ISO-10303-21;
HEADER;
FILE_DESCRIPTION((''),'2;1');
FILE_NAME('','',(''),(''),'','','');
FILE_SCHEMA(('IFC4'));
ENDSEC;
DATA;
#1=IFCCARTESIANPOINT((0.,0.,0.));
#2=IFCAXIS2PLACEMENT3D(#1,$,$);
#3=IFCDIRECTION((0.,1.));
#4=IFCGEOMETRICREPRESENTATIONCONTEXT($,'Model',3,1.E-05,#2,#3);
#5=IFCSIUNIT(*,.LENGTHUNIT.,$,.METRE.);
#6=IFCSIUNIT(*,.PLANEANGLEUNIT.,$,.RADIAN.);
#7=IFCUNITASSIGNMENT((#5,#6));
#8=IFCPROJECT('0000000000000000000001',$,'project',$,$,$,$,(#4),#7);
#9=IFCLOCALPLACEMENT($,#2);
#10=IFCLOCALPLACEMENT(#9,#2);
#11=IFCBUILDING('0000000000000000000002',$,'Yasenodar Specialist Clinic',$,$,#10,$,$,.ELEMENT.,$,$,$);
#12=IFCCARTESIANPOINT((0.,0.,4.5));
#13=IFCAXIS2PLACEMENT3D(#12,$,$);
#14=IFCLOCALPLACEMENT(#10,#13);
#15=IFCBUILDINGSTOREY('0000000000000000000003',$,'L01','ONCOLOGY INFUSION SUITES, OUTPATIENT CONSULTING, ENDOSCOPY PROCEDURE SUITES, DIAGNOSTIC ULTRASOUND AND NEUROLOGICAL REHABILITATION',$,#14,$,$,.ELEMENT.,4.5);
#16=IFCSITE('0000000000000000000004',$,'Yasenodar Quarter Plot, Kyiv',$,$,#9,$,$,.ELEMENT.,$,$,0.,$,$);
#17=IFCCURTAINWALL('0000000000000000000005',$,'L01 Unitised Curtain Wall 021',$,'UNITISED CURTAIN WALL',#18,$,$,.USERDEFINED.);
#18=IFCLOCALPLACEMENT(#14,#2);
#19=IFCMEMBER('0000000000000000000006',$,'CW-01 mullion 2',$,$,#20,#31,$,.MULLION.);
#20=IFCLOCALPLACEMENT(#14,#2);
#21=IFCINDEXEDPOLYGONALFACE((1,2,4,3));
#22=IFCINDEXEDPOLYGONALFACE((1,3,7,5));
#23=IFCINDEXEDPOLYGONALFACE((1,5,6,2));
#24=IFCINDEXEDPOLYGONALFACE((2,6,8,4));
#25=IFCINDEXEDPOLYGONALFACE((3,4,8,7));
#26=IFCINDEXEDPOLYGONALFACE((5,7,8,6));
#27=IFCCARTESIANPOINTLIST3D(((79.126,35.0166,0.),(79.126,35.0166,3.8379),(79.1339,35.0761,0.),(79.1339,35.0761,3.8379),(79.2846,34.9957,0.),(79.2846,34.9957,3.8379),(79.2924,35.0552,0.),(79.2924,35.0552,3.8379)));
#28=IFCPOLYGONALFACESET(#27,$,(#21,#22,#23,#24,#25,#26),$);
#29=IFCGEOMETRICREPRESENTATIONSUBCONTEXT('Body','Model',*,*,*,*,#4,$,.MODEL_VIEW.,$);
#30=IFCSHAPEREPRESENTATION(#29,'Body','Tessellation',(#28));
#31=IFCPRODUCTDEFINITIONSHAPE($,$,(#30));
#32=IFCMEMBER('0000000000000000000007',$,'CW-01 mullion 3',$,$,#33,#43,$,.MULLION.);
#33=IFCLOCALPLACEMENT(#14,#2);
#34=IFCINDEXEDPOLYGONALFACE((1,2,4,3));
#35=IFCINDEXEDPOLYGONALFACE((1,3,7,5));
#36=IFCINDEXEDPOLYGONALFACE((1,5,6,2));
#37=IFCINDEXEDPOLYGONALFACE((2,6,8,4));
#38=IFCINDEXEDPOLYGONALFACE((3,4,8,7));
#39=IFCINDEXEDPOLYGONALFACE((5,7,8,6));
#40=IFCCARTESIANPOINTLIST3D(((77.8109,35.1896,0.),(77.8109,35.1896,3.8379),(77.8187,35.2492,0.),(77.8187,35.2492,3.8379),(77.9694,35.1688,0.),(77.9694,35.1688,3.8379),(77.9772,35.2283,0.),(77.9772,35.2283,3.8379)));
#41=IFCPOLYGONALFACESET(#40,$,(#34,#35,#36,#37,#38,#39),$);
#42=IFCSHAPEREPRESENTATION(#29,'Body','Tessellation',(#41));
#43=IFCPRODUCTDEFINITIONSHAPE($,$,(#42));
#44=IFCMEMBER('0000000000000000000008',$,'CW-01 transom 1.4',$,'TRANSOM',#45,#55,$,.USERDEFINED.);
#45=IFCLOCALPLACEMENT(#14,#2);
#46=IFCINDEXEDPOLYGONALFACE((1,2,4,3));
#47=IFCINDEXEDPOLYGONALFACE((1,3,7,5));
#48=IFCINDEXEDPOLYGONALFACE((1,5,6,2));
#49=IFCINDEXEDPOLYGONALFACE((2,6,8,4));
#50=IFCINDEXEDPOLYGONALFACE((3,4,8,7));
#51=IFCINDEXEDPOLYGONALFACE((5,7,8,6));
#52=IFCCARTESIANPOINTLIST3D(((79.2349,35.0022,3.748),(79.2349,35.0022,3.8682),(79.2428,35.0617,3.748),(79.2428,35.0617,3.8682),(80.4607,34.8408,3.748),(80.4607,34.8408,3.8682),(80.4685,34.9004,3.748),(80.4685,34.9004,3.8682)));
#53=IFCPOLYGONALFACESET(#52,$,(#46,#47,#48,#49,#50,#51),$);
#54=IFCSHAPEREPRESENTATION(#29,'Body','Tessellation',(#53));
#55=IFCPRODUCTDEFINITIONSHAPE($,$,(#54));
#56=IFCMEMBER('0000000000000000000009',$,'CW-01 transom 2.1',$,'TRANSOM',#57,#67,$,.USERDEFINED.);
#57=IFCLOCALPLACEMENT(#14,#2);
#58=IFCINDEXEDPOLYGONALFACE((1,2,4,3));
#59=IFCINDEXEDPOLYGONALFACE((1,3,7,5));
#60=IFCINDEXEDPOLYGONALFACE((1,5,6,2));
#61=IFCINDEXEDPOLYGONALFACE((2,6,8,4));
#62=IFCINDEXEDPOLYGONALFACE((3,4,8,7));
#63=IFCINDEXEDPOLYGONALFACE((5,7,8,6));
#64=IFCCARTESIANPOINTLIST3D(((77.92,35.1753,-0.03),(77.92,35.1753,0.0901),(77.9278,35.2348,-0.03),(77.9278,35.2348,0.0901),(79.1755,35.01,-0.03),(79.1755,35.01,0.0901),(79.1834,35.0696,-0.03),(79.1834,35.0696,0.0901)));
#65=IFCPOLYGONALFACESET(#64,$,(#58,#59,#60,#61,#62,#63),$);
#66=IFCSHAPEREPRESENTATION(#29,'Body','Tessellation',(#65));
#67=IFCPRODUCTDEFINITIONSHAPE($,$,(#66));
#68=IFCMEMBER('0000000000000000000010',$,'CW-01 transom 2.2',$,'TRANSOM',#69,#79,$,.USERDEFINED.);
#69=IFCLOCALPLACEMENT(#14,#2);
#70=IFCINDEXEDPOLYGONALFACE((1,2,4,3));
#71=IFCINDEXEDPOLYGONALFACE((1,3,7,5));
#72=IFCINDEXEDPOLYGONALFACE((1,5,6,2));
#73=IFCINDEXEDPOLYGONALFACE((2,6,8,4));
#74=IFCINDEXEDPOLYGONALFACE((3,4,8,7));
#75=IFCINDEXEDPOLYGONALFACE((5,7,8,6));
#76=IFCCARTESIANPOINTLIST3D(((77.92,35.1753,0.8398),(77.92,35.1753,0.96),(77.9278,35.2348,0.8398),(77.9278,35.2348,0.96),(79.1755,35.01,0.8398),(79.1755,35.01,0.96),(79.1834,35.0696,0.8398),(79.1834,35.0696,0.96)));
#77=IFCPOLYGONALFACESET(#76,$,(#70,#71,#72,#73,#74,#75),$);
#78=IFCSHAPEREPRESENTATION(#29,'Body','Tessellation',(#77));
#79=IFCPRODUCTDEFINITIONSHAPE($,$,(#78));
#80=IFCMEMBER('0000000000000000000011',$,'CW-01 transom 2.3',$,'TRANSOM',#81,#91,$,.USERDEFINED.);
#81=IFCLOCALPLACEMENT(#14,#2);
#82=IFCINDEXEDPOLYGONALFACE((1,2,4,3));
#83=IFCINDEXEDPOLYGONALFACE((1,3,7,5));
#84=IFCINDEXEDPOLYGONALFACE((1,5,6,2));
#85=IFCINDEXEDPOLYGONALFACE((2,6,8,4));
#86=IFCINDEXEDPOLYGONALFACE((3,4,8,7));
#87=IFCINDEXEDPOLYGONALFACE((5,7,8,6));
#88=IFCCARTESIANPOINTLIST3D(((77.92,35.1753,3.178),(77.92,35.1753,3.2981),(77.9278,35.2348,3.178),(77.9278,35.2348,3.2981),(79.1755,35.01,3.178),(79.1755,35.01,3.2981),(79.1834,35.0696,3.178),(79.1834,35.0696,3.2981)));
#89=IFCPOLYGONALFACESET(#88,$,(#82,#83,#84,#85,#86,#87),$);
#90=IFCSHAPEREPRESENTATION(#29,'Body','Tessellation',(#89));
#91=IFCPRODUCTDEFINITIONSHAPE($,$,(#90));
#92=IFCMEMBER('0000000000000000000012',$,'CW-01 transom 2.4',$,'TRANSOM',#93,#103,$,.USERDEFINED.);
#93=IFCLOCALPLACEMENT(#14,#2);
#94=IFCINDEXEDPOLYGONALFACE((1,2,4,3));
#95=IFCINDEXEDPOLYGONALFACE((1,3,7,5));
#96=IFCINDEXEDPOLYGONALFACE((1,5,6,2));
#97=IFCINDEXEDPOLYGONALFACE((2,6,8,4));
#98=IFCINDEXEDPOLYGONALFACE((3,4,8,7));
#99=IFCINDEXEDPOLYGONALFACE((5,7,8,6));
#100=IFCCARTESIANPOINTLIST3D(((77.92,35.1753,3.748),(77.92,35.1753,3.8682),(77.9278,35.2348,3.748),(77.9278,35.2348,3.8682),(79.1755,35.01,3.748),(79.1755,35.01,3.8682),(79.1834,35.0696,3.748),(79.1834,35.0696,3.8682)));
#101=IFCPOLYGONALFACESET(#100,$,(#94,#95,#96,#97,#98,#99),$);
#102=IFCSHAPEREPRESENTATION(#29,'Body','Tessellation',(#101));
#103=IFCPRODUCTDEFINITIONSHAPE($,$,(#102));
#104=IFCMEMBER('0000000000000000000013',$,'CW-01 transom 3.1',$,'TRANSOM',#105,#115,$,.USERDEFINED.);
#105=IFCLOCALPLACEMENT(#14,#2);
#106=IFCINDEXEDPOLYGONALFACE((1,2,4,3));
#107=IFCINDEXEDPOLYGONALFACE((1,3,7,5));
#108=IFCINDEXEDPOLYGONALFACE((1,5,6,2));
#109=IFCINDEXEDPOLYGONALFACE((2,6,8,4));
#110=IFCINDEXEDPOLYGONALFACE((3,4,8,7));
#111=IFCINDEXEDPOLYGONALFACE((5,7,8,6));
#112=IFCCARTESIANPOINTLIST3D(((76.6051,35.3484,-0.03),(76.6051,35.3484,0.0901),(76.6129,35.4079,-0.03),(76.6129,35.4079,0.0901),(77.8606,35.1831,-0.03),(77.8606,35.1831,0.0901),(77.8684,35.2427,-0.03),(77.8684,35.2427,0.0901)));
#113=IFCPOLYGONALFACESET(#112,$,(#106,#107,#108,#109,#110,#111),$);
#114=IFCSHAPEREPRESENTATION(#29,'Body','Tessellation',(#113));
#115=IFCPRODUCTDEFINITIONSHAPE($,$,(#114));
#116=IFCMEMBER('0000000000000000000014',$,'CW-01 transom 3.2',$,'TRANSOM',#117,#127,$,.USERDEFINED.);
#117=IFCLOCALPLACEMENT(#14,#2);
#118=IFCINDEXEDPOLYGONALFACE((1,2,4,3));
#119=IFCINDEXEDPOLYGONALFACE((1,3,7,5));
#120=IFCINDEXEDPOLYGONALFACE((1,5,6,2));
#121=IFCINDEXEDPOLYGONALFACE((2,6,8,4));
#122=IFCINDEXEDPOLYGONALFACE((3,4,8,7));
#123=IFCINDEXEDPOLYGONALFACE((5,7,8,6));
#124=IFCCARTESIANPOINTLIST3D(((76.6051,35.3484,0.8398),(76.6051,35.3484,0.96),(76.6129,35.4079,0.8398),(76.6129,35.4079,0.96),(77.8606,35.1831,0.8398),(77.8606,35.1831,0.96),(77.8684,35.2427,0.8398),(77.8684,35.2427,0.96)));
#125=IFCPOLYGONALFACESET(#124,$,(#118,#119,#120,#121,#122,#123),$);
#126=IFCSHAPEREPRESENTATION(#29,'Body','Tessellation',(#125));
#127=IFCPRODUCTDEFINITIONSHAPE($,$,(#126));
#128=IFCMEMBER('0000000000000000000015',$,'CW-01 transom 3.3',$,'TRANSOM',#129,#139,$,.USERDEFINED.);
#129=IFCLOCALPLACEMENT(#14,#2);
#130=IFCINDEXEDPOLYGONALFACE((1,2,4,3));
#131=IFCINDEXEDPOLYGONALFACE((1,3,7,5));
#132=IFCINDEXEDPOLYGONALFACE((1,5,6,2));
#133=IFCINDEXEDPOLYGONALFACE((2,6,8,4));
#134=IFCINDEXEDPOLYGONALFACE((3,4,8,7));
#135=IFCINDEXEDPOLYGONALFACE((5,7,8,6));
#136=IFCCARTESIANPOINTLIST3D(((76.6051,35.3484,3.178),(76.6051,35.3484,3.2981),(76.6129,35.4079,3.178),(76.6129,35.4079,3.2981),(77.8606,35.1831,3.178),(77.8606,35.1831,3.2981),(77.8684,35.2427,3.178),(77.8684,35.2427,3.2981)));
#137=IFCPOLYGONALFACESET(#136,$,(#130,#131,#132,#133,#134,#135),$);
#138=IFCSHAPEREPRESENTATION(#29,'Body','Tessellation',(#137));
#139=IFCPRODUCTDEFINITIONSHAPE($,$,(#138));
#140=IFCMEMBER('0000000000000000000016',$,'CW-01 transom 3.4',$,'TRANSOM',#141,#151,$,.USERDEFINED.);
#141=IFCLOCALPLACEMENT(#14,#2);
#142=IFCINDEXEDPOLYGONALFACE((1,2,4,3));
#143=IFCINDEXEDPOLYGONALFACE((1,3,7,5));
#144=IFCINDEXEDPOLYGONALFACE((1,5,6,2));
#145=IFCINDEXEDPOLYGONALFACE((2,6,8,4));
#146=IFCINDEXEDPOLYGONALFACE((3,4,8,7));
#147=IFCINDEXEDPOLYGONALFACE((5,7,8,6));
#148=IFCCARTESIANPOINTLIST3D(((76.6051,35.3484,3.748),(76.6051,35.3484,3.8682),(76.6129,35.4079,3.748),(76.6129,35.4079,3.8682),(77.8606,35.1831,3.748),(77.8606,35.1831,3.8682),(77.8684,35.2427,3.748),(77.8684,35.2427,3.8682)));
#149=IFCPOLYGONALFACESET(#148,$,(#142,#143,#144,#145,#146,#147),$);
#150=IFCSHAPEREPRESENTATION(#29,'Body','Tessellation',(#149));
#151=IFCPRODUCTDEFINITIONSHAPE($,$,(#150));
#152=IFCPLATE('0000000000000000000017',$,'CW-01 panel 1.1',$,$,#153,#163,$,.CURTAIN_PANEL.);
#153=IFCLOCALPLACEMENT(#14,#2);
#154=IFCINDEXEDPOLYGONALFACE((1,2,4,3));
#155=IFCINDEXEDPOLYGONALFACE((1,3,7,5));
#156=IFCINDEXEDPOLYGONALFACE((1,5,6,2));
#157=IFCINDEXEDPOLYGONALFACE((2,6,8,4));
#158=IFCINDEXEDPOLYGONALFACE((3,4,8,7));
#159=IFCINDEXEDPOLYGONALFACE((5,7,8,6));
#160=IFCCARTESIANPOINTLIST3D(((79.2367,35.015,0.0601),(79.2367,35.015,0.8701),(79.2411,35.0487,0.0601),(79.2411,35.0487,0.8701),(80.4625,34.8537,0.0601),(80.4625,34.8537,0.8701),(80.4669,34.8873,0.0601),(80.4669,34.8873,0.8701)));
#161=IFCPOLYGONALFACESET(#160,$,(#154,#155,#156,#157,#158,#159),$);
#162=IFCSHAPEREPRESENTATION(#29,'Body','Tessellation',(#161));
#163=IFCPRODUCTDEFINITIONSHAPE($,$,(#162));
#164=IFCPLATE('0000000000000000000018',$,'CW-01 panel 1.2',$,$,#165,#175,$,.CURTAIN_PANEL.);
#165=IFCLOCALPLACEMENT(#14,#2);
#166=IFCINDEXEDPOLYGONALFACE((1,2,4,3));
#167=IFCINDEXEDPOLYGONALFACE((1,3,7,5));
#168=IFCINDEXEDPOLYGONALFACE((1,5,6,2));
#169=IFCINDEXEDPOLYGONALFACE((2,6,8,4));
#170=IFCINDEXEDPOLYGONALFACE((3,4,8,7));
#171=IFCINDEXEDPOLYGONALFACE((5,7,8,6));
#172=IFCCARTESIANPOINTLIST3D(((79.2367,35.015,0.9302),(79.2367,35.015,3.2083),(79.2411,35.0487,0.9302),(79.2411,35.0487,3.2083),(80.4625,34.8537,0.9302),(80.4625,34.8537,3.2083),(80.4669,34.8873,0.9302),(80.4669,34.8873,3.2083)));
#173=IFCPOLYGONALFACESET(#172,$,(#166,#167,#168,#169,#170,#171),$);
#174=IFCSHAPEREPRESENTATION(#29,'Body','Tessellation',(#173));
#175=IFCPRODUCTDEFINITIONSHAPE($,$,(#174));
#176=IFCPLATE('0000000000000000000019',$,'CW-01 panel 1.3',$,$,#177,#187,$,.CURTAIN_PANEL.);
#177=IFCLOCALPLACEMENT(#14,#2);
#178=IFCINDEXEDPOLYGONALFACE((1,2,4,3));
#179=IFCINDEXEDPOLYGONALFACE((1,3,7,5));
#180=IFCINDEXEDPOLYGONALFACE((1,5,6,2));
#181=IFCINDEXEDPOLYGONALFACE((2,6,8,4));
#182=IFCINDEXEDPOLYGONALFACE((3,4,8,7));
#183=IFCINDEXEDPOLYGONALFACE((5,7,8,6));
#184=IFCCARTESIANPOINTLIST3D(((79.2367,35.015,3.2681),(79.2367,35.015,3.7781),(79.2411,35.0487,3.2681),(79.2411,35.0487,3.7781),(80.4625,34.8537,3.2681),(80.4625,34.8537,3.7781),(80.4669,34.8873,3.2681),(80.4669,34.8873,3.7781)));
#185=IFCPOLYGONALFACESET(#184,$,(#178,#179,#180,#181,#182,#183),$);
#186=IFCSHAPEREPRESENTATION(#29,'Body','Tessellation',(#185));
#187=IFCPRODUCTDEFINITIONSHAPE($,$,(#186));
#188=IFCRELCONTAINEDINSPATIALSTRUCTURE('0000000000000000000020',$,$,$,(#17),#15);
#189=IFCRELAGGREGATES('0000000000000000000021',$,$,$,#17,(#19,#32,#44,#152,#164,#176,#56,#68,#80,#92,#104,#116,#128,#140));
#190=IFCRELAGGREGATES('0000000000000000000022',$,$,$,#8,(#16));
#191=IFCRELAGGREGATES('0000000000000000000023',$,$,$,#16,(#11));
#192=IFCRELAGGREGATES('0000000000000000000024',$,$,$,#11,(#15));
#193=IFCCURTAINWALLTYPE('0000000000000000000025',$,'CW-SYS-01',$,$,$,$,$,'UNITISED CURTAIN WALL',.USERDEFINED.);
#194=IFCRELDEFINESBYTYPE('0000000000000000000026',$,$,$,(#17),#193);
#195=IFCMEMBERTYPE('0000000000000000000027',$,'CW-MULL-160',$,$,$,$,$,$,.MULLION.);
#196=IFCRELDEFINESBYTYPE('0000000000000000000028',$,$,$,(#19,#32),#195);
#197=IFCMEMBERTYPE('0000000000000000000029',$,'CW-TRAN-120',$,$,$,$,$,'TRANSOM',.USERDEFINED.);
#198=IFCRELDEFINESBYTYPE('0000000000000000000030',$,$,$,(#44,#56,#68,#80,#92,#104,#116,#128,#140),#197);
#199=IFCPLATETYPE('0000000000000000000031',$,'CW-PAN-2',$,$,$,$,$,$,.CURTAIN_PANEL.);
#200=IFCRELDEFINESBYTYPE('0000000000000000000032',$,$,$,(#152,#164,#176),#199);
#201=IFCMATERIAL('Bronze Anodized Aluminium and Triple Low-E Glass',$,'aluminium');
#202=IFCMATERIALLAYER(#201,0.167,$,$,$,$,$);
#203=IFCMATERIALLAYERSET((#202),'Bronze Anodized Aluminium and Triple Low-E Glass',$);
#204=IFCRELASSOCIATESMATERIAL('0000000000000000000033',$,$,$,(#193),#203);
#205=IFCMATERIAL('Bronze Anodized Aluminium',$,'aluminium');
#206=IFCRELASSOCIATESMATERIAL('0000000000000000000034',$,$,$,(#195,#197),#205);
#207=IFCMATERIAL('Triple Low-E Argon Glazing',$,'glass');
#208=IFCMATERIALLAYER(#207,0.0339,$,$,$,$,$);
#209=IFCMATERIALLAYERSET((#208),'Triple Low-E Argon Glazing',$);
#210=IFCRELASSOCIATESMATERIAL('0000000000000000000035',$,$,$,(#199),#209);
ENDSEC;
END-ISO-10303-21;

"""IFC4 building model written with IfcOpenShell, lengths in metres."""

from ifc_helpers import new_model, si_unit, direction, frame, origin, origin_2d, place, context, subcontext, project, spatial, rectangle, extrude, material, layer, layer_set, material_profile, profile_set, type_object, element, aggregate, save


model = new_model("IFC4")

# Units and contexts
model_context = context("Model", 3, precision=1e-05, world=origin(), true_north=direction((0.0, 1.0)))
body_context = subcontext(model_context, "Body", "Model", "MODEL_VIEW")
ifc_project = project(units=[si_unit("LENGTHUNIT", "METRE"), si_unit("PLANEANGLEUNIT", "RADIAN")], contexts=[model_context])

# Site, building, storey
site_placement = place(None, origin())
site = spatial("IfcSite", under=ifc_project, at=site_placement, Name="Yasenodar Quarter Plot, Kyiv", CompositionType="ELEMENT", RefElevation=0.0)
building_placement = place(site_placement, origin())
building = spatial("IfcBuilding", under=site, at=building_placement, Name="Yasenodar Specialist Clinic", CompositionType="ELEMENT")
storey_placement = place(building_placement, frame((0.0, 0.0, 4.5)))
storey = spatial("IfcBuildingStorey", under=building, at=storey_placement, Name="L01", Description="ONCOLOGY INFUSION SUITES, OUTPATIENT CONSULTING, ENDOSCOPY PROCEDURE SUITES, DIAGNOSTIC ULTRASOUND AND NEUROLOGICAL REHABILITATION", CompositionType="ELEMENT", Elevation=4.5)

# Curtain wall, members, plates
ifc_material_1 = material(Name="Bronze Anodized Aluminium and Triple Low-E Glass", Category="aluminium")
ifc_layer_1 = layer(ifc_material_1, 0.167)
ifc_layer_set_1 = layer_set([ifc_layer_1], Name="Bronze Anodized Aluminium and Triple Low-E Glass")
curtain_wall_type = type_object("IfcCurtainWallType", Name="CW-SYS-01", ElementType="UNITISED CURTAIN WALL", PredefinedType="USERDEFINED", material=ifc_layer_set_1)
curtain_wall_1_placement = place(storey_placement, origin())
curtain_wall_1 = element("IfcCurtainWall", 1, at=curtain_wall_1_placement, inside=storey, type_object=curtain_wall_type, Name="L01 Unitised Curtain Wall 021", ObjectType="UNITISED CURTAIN WALL", PredefinedType="USERDEFINED")
ifc_material_2 = material(Name="Bronze Anodized Aluminium", Category="aluminium")
ifc_material_profile_1 = material_profile(ifc_material_2, rectangle(XDim=0.0601, YDim=0.1599, at=origin_2d()), Name="CW-MULL 60x160")
ifc_profile_set_1 = profile_set([ifc_material_profile_1], Name="Bronze Anodized Aluminium")
member_type_1 = type_object("IfcMemberType", Name="CW-MULL-160", PredefinedType="MULLION", material=ifc_profile_set_1)
member_1_placement = place(storey_placement, frame((79.2092, 35.0359, 0.0), z_axis=(0.0, 0.0, 1.0), x_axis=(-0.130512, -0.991447, 0.0)))
member_1 = element("IfcMember", 2, at=member_1_placement, type_object=member_type_1, Name="CW-01 mullion 2", PredefinedType="MULLION", context=body_context, shape_type="SweptSolid", body=[
    extrude(rectangle(XDim=0.0601, YDim=0.1599, at=origin_2d()), origin(), (0.0, 0.0, 1.0), 3.8379),
])
member_2_placement = place(storey_placement, frame((77.894, 35.209, 0.0), z_axis=(0.0, 0.0, 1.0), x_axis=(-0.130512, -0.991447, 0.0)))
member_2 = element("IfcMember", 3, at=member_2_placement, type_object=member_type_1, Name="CW-01 mullion 3", PredefinedType="MULLION", context=body_context, shape_type="SweptSolid", body=[
    extrude(rectangle(XDim=0.0601, YDim=0.1599, at=origin_2d()), origin(), (0.0, 0.0, 1.0), 3.8379),
])
ifc_material_profile_2 = material_profile(ifc_material_2, rectangle(XDim=0.0601, YDim=0.1201, at=origin_2d()), Name="CW-TRAN 60x120")
ifc_profile_set_2 = profile_set([ifc_material_profile_2], Name="Bronze Anodized Aluminium")
member_type_2 = type_object("IfcMemberType", Name="CW-TRAN-120", ElementType="TRANSOM", PredefinedType="USERDEFINED", material=ifc_profile_set_2)
member_3_placement = place(storey_placement, frame((80.4646, 34.8706, 3.8081), z_axis=(-0.991446, 0.130521, 0.0), x_axis=(-0.130521, -0.991446, 0.0)))
member_3 = element("IfcMember", 4, at=member_3_placement, type_object=member_type_2, Name="CW-01 transom 1.4", ObjectType="TRANSOM", PredefinedType="USERDEFINED", context=body_context, shape_type="SweptSolid", body=[
    extrude(rectangle(XDim=0.0601, YDim=0.1201, at=origin_2d()), origin(), (0.0, 0.0, 1.0), 1.2363),
])
member_4_placement = place(storey_placement, frame((79.1794, 35.0398, 0.03), z_axis=(-0.991447, 0.130509, 0.0), x_axis=(-0.130509, -0.991447, 0.0)))
member_4 = element("IfcMember", 5, at=member_4_placement, type_object=member_type_2, Name="CW-01 transom 2.1", ObjectType="TRANSOM", PredefinedType="USERDEFINED", context=body_context, shape_type="SweptSolid", body=[
    extrude(rectangle(XDim=0.0601, YDim=0.1201, at=origin_2d()), origin(), (0.0, 0.0, 1.0), 1.2664),
])
member_5_placement = place(storey_placement, frame((79.1794, 35.0398, 0.8999), z_axis=(-0.991447, 0.130509, 0.0), x_axis=(-0.130509, -0.991447, 0.0)))
member_5 = element("IfcMember", 6, at=member_5_placement, type_object=member_type_2, Name="CW-01 transom 2.2", ObjectType="TRANSOM", PredefinedType="USERDEFINED", context=body_context, shape_type="SweptSolid", body=[
    extrude(rectangle(XDim=0.0601, YDim=0.1201, at=origin_2d()), origin(), (0.0, 0.0, 1.0), 1.2664),
])
member_6_placement = place(storey_placement, frame((79.1794, 35.0398, 3.238), z_axis=(-0.991447, 0.130509, 0.0), x_axis=(-0.130509, -0.991447, 0.0)))
member_6 = element("IfcMember", 7, at=member_6_placement, type_object=member_type_2, Name="CW-01 transom 2.3", ObjectType="TRANSOM", PredefinedType="USERDEFINED", context=body_context, shape_type="SweptSolid", body=[
    extrude(rectangle(XDim=0.0601, YDim=0.1201, at=origin_2d()), origin(), (0.0, 0.0, 1.0), 1.2664),
])
member_7_placement = place(storey_placement, frame((79.1794, 35.0398, 3.8081), z_axis=(-0.991447, 0.130509, 0.0), x_axis=(-0.130509, -0.991447, 0.0)))
member_7 = element("IfcMember", 8, at=member_7_placement, type_object=member_type_2, Name="CW-01 transom 2.4", ObjectType="TRANSOM", PredefinedType="USERDEFINED", context=body_context, shape_type="SweptSolid", body=[
    extrude(rectangle(XDim=0.0601, YDim=0.1201, at=origin_2d()), origin(), (0.0, 0.0, 1.0), 1.2664),
])
member_8_placement = place(storey_placement, frame((77.8645, 35.2129, 0.03), z_axis=(-0.991447, 0.130509, 0.0), x_axis=(-0.130509, -0.991447, 0.0)))
member_8 = element("IfcMember", 9, at=member_8_placement, type_object=member_type_2, Name="CW-01 transom 3.1", ObjectType="TRANSOM", PredefinedType="USERDEFINED", context=body_context, shape_type="SweptSolid", body=[
    extrude(rectangle(XDim=0.0601, YDim=0.1201, at=origin_2d()), origin(), (0.0, 0.0, 1.0), 1.2664),
])
member_9_placement = place(storey_placement, frame((77.8645, 35.2129, 0.8999), z_axis=(-0.991447, 0.130509, 0.0), x_axis=(-0.130509, -0.991447, 0.0)))
member_9 = element("IfcMember", 10, at=member_9_placement, type_object=member_type_2, Name="CW-01 transom 3.2", ObjectType="TRANSOM", PredefinedType="USERDEFINED", context=body_context, shape_type="SweptSolid", body=[
    extrude(rectangle(XDim=0.0601, YDim=0.1201, at=origin_2d()), origin(), (0.0, 0.0, 1.0), 1.2664),
])
member_10_placement = place(storey_placement, frame((77.8645, 35.2129, 3.238), z_axis=(-0.991447, 0.130509, 0.0), x_axis=(-0.130509, -0.991447, 0.0)))
member_10 = element("IfcMember", 11, at=member_10_placement, type_object=member_type_2, Name="CW-01 transom 3.3", ObjectType="TRANSOM", PredefinedType="USERDEFINED", context=body_context, shape_type="SweptSolid", body=[
    extrude(rectangle(XDim=0.0601, YDim=0.1201, at=origin_2d()), origin(), (0.0, 0.0, 1.0), 1.2664),
])
member_11_placement = place(storey_placement, frame((77.8645, 35.2129, 3.8081), z_axis=(-0.991447, 0.130509, 0.0), x_axis=(-0.130509, -0.991447, 0.0)))
member_11 = element("IfcMember", 12, at=member_11_placement, type_object=member_type_2, Name="CW-01 transom 3.4", ObjectType="TRANSOM", PredefinedType="USERDEFINED", context=body_context, shape_type="SweptSolid", body=[
    extrude(rectangle(XDim=0.0601, YDim=0.1201, at=origin_2d()), origin(), (0.0, 0.0, 1.0), 1.2664),
])
ifc_material_3 = material(Name="Triple Low-E Argon Glazing", Category="glass")
ifc_layer_2 = layer(ifc_material_3, 0.0339)
ifc_layer_set_2 = layer_set([ifc_layer_2], Name="Triple Low-E Argon Glazing")
plate_type_1 = type_object("IfcPlateType", Name="CW-PAN-2", PredefinedType="CURTAIN_PANEL", material=ifc_layer_set_2)
plate_1_placement = place(storey_placement, frame((79.8518, 34.9512, 0.0601), z_axis=(0.0, 0.0, 1.0), x_axis=(-0.991447, 0.130512, 0.0)))
plate_1 = element("IfcPlate", 13, at=plate_1_placement, type_object=plate_type_1, Name="CW-01 panel 1.1", PredefinedType="CURTAIN_PANEL", context=body_context, shape_type="SweptSolid", body=[
    extrude(rectangle(XDim=1.2363, YDim=0.0339, at=origin_2d()), origin(), (0.0, 0.0, 1.0), 0.8101),
])
plate_2_placement = place(storey_placement, frame((79.8518, 34.9512, 0.9302), z_axis=(0.0, 0.0, 1.0), x_axis=(-0.991447, 0.130512, 0.0)))
plate_2 = element("IfcPlate", 14, at=plate_2_placement, type_object=plate_type_1, Name="CW-01 panel 1.2", PredefinedType="CURTAIN_PANEL", context=body_context, shape_type="SweptSolid", body=[
    extrude(rectangle(XDim=1.2363, YDim=0.0339, at=origin_2d()), origin(), (0.0, 0.0, 1.0), 2.2781),
])
plate_3_placement = place(storey_placement, frame((79.8518, 34.9512, 3.2681), z_axis=(0.0, 0.0, 1.0), x_axis=(-0.991447, 0.130512, 0.0)))
plate_3 = element("IfcPlate", 15, at=plate_3_placement, type_object=plate_type_1, Name="CW-01 panel 1.3", PredefinedType="CURTAIN_PANEL", context=body_context, shape_type="SweptSolid", body=[
    extrude(rectangle(XDim=1.2363, YDim=0.0339, at=origin_2d()), origin(), (0.0, 0.0, 1.0), 0.51),
])
aggregate(curtain_wall_1, [member_1, member_2, member_3, plate_1, plate_2, plate_3, member_4, member_5, member_6, member_7, member_8, member_9, member_10, member_11])

save(model, "model.ifc")
